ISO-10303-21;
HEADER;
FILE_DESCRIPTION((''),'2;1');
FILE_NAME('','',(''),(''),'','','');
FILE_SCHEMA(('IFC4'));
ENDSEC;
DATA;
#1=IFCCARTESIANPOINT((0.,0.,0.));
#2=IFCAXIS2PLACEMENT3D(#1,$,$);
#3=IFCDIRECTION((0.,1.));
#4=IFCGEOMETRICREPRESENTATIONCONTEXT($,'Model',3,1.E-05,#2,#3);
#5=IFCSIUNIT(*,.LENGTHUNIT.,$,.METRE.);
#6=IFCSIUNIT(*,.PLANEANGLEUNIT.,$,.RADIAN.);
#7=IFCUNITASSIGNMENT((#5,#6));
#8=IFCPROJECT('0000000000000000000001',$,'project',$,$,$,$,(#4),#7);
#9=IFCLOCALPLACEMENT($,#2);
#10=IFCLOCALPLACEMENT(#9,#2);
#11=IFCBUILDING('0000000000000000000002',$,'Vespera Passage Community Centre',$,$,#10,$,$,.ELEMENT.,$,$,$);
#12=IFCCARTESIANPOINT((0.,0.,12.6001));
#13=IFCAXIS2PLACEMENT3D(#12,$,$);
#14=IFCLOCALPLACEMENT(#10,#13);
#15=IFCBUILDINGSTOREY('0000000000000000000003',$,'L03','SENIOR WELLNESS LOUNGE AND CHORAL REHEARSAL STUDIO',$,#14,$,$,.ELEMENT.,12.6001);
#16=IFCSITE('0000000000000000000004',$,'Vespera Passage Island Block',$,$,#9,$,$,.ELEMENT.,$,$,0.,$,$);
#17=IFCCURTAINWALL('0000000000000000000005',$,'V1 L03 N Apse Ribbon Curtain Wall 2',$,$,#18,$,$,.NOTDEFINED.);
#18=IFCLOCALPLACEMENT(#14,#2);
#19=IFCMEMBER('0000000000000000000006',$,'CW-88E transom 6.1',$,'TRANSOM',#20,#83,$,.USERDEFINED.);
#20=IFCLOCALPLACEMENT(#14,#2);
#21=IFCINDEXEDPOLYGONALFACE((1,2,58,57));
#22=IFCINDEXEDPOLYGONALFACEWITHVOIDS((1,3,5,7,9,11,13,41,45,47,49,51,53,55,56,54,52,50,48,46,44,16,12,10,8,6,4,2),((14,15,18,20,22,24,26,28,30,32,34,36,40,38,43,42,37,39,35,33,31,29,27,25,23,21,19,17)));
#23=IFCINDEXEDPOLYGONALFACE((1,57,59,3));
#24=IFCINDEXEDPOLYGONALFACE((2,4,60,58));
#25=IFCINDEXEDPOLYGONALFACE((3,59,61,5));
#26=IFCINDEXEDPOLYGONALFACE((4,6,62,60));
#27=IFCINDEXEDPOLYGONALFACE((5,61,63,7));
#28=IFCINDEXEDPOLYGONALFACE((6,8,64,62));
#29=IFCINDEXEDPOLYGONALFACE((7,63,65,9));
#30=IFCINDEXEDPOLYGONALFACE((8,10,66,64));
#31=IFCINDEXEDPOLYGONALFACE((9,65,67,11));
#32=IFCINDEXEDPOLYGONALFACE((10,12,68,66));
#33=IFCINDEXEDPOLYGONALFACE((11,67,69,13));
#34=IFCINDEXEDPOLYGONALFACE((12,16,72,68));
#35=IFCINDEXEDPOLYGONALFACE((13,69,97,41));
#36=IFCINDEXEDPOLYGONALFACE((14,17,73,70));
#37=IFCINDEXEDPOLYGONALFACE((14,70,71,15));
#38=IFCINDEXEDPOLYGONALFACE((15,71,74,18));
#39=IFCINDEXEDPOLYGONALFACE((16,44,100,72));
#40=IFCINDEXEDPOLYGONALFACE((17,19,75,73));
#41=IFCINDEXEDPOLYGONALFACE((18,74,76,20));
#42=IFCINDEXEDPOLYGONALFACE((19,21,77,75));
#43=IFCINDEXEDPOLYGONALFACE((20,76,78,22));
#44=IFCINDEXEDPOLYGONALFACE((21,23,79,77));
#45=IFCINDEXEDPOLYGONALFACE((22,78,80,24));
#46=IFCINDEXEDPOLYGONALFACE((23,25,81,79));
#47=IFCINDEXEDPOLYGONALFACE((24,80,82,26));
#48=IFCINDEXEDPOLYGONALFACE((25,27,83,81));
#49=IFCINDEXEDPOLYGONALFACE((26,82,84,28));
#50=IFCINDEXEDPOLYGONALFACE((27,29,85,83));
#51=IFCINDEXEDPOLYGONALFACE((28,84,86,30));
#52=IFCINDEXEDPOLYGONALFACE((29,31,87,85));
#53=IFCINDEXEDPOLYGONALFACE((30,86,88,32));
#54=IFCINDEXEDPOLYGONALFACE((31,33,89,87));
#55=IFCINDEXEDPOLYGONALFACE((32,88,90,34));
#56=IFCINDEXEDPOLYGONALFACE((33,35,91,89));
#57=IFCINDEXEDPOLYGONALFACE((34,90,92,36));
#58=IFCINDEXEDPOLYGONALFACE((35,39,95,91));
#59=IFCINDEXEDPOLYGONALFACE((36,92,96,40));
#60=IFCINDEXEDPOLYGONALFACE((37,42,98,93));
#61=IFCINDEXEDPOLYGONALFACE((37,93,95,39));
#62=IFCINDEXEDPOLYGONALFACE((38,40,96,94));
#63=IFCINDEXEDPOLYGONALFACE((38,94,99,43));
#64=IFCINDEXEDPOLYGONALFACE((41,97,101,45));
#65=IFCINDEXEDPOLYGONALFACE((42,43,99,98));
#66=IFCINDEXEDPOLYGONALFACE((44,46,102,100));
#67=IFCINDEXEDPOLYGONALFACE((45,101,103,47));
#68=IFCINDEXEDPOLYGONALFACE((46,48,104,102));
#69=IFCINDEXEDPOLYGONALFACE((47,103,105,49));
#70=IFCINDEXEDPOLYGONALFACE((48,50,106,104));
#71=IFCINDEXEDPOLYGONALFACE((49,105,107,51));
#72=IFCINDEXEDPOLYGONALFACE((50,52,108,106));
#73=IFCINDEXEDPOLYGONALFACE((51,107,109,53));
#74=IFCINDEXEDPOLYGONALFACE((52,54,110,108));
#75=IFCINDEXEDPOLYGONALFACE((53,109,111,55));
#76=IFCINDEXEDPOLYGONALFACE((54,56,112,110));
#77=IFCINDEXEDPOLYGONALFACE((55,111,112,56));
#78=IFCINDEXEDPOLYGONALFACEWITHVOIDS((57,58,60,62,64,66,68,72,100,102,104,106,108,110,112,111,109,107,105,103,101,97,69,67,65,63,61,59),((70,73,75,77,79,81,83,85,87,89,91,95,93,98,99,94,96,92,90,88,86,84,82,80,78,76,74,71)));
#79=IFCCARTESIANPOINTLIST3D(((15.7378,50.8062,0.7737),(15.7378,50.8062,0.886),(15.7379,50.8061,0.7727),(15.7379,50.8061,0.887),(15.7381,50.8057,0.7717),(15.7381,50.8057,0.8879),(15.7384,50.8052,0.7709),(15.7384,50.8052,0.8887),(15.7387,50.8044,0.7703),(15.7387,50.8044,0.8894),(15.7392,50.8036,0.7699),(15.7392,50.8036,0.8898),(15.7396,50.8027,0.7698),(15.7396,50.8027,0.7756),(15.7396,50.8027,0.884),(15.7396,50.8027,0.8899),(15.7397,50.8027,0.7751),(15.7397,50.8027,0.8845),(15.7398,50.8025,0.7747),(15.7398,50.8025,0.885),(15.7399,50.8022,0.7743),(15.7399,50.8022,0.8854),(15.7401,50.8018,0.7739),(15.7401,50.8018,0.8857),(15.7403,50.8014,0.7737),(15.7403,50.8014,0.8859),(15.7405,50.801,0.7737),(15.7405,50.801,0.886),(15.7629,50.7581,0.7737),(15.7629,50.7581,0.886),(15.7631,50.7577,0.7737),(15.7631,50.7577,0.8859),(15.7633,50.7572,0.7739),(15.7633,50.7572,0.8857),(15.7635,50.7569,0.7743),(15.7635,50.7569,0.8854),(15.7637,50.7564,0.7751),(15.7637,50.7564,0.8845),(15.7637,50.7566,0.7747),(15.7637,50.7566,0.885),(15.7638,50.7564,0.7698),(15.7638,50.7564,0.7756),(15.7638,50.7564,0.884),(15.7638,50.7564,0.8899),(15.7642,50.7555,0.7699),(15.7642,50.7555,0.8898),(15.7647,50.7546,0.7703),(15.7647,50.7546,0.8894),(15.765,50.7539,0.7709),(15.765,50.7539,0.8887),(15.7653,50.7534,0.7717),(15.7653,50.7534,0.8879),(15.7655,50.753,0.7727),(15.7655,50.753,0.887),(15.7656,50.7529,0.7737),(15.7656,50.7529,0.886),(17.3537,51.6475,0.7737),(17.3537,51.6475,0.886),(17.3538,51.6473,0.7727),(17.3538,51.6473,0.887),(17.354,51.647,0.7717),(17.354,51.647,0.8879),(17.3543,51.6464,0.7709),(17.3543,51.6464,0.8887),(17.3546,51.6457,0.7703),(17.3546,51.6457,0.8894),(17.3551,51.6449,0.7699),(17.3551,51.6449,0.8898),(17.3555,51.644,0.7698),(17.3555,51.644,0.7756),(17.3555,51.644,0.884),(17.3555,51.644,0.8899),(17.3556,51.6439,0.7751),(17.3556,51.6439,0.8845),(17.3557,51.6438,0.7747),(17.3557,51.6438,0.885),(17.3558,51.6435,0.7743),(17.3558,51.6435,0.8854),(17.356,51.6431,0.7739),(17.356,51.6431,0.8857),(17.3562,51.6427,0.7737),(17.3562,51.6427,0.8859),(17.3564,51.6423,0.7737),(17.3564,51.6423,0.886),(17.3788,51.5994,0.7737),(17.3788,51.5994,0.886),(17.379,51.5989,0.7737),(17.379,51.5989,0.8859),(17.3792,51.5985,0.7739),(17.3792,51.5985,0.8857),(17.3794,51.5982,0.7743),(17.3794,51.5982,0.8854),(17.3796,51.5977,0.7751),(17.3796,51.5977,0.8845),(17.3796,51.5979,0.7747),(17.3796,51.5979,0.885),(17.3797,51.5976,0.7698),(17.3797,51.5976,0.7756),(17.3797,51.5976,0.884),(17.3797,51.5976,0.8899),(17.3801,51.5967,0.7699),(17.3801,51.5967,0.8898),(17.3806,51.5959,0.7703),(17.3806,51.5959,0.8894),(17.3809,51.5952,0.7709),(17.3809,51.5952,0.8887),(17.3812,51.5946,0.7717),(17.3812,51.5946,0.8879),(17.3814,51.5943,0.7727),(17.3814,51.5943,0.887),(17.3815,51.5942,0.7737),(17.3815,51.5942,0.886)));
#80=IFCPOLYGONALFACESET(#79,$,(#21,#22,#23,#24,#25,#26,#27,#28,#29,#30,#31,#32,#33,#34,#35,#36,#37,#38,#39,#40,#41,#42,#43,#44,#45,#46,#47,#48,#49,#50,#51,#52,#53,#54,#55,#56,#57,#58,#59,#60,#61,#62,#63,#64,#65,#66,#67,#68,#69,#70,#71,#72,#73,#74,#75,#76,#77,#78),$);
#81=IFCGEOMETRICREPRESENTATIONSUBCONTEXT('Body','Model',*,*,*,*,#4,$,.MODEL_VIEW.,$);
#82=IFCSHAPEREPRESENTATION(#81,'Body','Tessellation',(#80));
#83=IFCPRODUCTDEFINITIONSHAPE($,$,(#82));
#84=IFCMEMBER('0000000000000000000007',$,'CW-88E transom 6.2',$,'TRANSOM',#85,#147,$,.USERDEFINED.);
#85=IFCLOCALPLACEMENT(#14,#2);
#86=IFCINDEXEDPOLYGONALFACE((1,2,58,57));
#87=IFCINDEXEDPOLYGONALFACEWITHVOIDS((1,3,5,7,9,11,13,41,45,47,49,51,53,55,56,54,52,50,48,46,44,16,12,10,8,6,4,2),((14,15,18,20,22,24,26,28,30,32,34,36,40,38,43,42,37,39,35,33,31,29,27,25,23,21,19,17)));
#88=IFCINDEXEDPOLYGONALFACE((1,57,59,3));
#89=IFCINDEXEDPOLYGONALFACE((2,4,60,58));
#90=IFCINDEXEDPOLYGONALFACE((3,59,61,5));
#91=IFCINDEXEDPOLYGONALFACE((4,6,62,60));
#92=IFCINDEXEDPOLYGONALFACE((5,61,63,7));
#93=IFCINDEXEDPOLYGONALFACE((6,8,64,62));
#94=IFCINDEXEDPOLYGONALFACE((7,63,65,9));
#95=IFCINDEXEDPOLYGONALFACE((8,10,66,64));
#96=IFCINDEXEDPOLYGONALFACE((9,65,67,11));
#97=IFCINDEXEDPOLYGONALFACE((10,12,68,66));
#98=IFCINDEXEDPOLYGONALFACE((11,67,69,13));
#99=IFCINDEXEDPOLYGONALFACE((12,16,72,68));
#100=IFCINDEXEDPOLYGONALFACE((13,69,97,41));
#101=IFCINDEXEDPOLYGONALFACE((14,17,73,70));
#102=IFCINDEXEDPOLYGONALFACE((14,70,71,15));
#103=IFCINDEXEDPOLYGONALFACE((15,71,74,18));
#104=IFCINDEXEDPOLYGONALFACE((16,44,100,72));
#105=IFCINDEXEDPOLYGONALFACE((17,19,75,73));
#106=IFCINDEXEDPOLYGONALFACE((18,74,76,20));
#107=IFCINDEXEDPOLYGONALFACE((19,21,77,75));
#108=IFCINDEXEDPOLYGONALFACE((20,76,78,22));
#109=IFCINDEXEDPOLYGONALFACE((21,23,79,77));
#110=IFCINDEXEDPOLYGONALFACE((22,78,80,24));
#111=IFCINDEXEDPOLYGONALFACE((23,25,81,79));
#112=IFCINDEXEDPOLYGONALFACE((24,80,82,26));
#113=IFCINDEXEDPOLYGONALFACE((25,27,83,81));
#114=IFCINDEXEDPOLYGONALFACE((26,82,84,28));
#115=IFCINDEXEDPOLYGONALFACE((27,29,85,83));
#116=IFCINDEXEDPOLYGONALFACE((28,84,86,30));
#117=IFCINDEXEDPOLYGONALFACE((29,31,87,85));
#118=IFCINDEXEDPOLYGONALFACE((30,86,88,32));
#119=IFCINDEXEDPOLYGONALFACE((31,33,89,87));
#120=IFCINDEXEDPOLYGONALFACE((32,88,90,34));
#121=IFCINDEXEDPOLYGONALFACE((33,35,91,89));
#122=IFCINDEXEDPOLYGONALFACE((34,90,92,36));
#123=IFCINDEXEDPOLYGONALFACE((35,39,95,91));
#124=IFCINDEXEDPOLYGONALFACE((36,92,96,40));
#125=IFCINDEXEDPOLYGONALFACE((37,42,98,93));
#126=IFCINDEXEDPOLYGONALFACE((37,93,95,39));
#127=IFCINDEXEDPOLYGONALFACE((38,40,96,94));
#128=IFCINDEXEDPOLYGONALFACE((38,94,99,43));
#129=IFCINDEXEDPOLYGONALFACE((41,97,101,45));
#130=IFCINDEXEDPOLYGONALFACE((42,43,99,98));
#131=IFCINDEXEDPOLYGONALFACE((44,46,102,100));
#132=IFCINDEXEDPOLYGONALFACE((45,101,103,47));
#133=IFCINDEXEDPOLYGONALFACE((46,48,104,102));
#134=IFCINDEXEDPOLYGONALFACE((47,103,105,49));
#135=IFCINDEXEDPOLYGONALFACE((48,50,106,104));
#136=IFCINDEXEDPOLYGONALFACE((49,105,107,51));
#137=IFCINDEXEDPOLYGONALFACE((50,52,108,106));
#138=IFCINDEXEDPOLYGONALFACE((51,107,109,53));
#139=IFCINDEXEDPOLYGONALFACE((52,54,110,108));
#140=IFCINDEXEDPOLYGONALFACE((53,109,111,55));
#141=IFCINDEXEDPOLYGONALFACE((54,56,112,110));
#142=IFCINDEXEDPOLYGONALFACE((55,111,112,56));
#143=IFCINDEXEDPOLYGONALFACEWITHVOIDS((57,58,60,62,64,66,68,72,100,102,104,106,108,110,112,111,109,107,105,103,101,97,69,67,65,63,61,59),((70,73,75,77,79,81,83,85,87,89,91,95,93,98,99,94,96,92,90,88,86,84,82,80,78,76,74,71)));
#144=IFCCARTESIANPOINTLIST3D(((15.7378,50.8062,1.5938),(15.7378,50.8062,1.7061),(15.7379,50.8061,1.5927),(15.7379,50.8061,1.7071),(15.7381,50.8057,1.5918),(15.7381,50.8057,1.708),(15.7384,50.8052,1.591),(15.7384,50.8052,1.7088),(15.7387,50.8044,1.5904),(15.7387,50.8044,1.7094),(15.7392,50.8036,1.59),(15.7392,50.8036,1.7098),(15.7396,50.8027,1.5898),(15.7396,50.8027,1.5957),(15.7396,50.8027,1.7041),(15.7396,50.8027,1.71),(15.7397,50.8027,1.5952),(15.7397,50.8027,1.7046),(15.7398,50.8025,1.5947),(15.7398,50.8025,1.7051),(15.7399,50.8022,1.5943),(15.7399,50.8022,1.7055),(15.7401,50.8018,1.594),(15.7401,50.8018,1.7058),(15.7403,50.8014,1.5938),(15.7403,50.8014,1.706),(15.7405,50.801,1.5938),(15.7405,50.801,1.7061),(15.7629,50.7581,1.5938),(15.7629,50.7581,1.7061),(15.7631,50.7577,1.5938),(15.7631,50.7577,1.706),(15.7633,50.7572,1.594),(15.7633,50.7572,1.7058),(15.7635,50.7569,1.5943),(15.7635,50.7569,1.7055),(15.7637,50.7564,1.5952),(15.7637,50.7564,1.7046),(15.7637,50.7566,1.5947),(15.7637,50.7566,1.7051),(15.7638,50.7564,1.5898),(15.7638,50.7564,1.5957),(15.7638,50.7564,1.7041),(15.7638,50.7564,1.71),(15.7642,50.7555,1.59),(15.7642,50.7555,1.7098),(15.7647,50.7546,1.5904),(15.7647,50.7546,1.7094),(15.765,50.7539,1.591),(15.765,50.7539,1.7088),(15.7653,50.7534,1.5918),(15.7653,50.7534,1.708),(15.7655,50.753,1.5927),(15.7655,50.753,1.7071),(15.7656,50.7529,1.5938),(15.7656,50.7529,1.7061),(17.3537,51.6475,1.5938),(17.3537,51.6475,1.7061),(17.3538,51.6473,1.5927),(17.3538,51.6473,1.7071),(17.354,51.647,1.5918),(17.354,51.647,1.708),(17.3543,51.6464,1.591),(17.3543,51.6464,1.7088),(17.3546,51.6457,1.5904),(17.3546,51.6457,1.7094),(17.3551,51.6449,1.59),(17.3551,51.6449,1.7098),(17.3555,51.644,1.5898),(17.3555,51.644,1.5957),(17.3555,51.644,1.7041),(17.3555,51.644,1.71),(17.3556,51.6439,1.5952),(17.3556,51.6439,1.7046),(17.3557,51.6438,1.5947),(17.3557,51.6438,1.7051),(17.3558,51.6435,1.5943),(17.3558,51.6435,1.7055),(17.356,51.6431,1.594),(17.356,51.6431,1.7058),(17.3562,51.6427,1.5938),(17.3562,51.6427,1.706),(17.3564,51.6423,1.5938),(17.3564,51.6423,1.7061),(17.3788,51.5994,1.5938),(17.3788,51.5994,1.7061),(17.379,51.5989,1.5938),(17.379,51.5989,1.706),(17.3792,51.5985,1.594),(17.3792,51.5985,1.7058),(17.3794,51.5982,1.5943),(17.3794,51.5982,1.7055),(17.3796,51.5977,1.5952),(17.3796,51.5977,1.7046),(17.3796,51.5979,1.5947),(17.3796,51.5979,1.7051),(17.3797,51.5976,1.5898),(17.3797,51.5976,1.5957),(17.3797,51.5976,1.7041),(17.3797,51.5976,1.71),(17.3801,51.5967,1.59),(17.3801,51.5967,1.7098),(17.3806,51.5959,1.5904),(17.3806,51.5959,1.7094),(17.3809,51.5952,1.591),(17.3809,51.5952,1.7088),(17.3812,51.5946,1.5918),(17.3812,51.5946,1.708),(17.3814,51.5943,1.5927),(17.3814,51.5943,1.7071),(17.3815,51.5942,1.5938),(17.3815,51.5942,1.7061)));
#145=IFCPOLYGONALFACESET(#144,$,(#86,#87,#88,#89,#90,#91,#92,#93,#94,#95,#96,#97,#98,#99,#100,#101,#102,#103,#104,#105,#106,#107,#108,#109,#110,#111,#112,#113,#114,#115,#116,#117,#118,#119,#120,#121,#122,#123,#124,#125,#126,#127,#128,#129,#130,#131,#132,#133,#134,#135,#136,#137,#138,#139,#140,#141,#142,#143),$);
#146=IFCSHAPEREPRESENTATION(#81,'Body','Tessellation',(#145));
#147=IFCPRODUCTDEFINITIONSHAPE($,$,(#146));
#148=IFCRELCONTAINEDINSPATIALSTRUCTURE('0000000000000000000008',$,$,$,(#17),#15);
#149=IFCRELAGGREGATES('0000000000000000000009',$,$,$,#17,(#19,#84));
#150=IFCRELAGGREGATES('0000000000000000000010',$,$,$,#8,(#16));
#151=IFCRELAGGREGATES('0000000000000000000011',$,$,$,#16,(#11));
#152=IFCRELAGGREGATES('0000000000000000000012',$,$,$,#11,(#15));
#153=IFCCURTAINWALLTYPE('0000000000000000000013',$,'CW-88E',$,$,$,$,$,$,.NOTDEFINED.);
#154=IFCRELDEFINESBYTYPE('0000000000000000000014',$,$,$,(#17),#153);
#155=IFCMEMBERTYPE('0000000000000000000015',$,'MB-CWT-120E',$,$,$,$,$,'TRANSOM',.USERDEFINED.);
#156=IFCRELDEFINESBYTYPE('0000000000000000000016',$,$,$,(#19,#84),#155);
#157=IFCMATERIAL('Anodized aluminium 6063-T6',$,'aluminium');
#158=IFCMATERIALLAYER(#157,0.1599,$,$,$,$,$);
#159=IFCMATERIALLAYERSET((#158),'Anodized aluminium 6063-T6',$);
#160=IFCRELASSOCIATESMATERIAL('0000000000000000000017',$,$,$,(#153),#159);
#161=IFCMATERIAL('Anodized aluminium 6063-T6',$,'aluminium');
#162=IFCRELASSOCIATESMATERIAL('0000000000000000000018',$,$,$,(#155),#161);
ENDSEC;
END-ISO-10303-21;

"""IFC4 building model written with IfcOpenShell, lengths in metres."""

from ifc_helpers import new_model, si_unit, direction, frame, origin, origin_2d, place, context, subcontext, project, spatial, hollow_rectangle, extrude, material, layer, layer_set, material_profile, profile_set, type_object, element, aggregate, save


model = new_model("IFC4")

# Units and contexts
model_context = context("Model", 3, precision=1e-05, world=origin(), true_north=direction((0.0, 1.0)))
body_context = subcontext(model_context, "Body", "Model", "MODEL_VIEW")
ifc_project = project(units=[si_unit("LENGTHUNIT", "METRE"), si_unit("PLANEANGLEUNIT", "RADIAN")], contexts=[model_context])

# Site, building, storey
site_placement = place(None, origin())
site = spatial("IfcSite", under=ifc_project, at=site_placement, Name="Vespera Passage Island Block", CompositionType="ELEMENT", RefElevation=0.0)
building_placement = place(site_placement, origin())
building = spatial("IfcBuilding", under=site, at=building_placement, Name="Vespera Passage Community Centre", CompositionType="ELEMENT")
storey_placement = place(building_placement, frame((0.0, 0.0, 12.6001)))
storey = spatial("IfcBuildingStorey", under=building, at=storey_placement, Name="L03", Description="SENIOR WELLNESS LOUNGE AND CHORAL REHEARSAL STUDIO", CompositionType="ELEMENT", Elevation=12.6001)

# Curtain wall, members
ifc_material_1 = material(Name="Anodized aluminium 6063-T6", Category="aluminium")
ifc_layer_1 = layer(ifc_material_1, 0.1599)
ifc_layer_set_1 = layer_set([ifc_layer_1], Name="Anodized aluminium 6063-T6")
curtain_wall_type = type_object("IfcCurtainWallType", Name="CW-88E", PredefinedType="NOTDEFINED", material=ifc_layer_set_1)
curtain_wall_placement = place(storey_placement, origin())
curtain_wall = element("IfcCurtainWall", 1, at=curtain_wall_placement, inside=storey, type_object=curtain_wall_type, Name="V1 L03 N Apse Ribbon Curtain Wall 2", PredefinedType="NOTDEFINED")
ifc_material_2 = material(Name="Anodized aluminium 6063-T6", Category="aluminium")
ifc_material_profile_1 = material_profile(ifc_material_2, hollow_rectangle(XDim=0.0601, YDim=0.1201, WallThickness=0.0039, InnerFilletRadius=0.002, OuterFilletRadius=0.0039, at=origin_2d()), Name="ALU120X60X4")
ifc_profile_set_1 = profile_set([ifc_material_profile_1], Name="Anodized aluminium 6063-T6")
member_type_1 = type_object("IfcMemberType", Name="MB-CWT-120E", ElementType="TRANSOM", PredefinedType="USERDEFINED", material=ifc_profile_set_1)
member_1_placement = place(storey_placement, frame((15.7517, 50.7795, 0.8298), z_axis=(0.886991, 0.461787, 0.0), x_axis=(-0.461787, 0.886991, 0.0)))
member_1 = element("IfcMember", 2, at=member_1_placement, type_object=member_type_1, Name="CW-88E transom 6.1", ObjectType="TRANSOM", PredefinedType="USERDEFINED", context=body_context, shape_type="SweptSolid", body=[
    extrude(hollow_rectangle(XDim=0.0601, YDim=0.1201, WallThickness=0.0039, InnerFilletRadius=0.002, OuterFilletRadius=0.0039, at=origin_2d()), origin(), (0.0, 0.0, 1.0), 1.8218),
])
member_2_placement = place(storey_placement, frame((15.7517, 50.7795, 1.6499), z_axis=(0.886991, 0.461787, 0.0), x_axis=(-0.461787, 0.886991, 0.0)))
member_2 = element("IfcMember", 3, at=member_2_placement, type_object=member_type_1, Name="CW-88E transom 6.2", ObjectType="TRANSOM", PredefinedType="USERDEFINED", context=body_context, shape_type="SweptSolid", body=[
    extrude(hollow_rectangle(XDim=0.0601, YDim=0.1201, WallThickness=0.0039, InnerFilletRadius=0.002, OuterFilletRadius=0.0039, at=origin_2d()), origin(), (0.0, 0.0, 1.0), 1.8218),
])
aggregate(curtain_wall, [member_1, member_2])

save(model, "model.ifc")
